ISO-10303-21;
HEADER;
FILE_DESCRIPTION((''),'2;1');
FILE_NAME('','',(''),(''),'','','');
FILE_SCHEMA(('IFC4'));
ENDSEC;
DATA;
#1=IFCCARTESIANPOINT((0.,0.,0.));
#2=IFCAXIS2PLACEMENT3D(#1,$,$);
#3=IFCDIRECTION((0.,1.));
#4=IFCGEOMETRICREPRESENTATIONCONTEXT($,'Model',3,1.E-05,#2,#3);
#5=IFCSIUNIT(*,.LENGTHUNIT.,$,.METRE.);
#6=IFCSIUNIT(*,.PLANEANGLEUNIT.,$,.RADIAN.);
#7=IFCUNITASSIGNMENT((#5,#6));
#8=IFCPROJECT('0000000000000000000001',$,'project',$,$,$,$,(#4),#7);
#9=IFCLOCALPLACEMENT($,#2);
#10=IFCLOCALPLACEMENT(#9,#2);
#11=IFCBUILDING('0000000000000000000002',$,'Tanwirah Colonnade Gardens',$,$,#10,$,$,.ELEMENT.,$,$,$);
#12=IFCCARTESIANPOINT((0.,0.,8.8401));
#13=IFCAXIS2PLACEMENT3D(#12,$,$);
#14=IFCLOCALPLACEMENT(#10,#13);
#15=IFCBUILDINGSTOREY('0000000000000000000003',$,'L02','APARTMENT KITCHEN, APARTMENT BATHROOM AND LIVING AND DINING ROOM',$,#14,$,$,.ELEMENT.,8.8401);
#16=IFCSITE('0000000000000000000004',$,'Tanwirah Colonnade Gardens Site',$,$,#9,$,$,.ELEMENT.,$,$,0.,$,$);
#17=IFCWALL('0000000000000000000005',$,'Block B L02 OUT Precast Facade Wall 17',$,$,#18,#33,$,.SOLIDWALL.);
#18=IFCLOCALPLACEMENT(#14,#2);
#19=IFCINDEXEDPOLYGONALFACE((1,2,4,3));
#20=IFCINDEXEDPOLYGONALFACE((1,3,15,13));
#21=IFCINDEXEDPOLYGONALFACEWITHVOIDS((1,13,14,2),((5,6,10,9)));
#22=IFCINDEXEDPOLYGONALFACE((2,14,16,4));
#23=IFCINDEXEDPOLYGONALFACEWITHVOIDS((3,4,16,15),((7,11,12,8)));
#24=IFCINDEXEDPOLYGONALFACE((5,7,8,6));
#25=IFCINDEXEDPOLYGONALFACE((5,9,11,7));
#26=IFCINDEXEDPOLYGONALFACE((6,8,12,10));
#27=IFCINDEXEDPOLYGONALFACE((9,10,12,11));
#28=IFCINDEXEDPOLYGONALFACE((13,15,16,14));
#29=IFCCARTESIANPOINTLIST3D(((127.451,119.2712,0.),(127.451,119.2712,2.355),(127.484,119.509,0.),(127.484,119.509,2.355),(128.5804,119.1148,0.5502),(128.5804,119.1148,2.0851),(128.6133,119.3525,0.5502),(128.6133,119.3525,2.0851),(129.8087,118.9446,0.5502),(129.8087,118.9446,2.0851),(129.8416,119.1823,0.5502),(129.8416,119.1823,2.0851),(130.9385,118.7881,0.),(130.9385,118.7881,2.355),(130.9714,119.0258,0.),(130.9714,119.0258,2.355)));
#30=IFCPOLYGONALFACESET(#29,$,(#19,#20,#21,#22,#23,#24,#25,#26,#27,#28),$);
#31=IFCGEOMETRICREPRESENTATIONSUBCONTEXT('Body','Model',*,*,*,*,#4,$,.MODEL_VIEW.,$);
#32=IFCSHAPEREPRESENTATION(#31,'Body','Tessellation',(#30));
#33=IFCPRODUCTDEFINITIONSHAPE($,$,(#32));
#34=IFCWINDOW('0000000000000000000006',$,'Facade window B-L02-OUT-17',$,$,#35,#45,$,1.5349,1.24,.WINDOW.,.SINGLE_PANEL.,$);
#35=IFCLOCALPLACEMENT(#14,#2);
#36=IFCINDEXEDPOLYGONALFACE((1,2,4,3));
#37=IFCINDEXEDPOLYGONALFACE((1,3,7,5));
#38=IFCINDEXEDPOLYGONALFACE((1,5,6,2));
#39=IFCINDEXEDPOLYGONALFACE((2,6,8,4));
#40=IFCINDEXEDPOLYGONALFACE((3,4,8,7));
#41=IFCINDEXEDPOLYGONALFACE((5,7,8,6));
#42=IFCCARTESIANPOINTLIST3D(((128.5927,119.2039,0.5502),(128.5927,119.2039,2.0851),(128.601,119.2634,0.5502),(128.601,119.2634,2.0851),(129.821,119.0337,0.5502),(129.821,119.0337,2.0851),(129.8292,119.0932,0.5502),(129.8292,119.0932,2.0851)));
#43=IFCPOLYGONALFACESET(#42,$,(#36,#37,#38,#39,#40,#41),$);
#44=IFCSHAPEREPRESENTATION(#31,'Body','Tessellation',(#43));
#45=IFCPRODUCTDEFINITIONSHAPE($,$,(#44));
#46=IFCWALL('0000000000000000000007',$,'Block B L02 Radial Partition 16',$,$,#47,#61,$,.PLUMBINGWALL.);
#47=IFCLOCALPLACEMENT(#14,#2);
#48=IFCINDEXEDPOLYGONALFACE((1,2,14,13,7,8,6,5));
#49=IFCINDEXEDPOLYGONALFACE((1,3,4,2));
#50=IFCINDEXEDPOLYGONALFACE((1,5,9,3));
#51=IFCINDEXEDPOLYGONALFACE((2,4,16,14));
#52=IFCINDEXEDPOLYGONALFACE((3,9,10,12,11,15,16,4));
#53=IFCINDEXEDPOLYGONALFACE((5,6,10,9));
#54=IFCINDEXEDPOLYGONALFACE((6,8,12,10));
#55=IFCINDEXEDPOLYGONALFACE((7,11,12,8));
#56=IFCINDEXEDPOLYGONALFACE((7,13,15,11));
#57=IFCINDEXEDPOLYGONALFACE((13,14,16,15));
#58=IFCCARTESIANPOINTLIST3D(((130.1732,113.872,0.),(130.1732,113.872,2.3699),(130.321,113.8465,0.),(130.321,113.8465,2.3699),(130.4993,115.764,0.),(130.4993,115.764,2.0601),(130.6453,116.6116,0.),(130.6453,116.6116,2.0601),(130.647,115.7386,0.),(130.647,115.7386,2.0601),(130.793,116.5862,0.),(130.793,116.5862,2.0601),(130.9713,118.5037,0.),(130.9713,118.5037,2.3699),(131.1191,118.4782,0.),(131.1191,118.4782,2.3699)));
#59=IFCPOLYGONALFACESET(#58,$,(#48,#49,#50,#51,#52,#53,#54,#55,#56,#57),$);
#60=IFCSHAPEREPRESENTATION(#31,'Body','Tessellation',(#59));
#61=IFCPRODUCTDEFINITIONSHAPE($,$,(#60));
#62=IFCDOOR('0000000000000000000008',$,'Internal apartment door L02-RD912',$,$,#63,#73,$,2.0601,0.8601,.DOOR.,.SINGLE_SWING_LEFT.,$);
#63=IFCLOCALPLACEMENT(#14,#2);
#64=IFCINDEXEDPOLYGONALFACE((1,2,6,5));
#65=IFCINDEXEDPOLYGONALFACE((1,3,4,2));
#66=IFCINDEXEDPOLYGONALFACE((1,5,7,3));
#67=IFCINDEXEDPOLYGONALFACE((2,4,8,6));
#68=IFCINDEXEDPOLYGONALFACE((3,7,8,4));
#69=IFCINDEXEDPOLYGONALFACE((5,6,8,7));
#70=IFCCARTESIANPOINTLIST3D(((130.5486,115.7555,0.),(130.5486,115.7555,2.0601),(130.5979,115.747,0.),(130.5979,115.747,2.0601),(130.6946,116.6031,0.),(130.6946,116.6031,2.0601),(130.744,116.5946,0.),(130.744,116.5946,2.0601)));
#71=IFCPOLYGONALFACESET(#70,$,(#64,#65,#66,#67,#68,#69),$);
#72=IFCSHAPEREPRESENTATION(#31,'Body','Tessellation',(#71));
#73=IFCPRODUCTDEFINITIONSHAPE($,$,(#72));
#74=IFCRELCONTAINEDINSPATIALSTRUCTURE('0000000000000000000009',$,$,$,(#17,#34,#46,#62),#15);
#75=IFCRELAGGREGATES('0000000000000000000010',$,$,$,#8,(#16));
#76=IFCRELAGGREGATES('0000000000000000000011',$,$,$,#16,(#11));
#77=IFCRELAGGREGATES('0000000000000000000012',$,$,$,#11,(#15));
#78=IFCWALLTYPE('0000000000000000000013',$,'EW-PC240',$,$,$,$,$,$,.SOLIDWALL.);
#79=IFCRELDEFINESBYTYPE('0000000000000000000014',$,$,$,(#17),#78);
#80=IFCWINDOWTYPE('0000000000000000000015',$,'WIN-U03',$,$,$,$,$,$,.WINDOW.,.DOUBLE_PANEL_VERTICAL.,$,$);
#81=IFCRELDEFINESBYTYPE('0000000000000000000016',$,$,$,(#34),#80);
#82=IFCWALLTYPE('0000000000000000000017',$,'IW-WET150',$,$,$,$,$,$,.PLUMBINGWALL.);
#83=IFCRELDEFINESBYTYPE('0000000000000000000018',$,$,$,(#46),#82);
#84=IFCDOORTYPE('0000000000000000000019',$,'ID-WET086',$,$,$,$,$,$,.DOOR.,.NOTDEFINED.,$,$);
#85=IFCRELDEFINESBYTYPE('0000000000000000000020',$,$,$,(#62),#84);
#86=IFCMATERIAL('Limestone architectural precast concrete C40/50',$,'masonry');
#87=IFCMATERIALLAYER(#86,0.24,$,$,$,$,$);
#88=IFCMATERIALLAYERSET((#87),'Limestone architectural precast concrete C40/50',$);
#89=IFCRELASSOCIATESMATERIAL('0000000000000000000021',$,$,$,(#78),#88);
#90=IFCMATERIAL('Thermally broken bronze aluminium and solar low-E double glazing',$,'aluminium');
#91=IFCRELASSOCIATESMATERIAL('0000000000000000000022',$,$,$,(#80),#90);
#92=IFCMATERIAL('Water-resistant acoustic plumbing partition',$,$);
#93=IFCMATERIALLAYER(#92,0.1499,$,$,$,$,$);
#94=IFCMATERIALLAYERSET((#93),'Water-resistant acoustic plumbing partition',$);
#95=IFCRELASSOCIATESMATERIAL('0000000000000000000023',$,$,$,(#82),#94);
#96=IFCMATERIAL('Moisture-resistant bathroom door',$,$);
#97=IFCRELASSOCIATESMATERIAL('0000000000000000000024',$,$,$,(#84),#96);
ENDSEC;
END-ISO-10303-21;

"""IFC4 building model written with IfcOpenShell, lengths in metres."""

from ifc_helpers import new_model, si_unit, direction, frame, frame_2d, origin, place, context, subcontext, project, spatial, rectangle, extrude, material, layer, layer_set, type_object, element, fill, save


model = new_model("IFC4")

# Units and contexts
model_context = context("Model", 3, precision=1e-05, world=origin(), true_north=direction((0.0, 1.0)))
body_context = subcontext(model_context, "Body", "Model", "MODEL_VIEW")
ifc_project = project(units=[si_unit("LENGTHUNIT", "METRE"), si_unit("PLANEANGLEUNIT", "RADIAN")], contexts=[model_context])

# Site, building, storey
site_placement = place(None, origin())
site = spatial("IfcSite", under=ifc_project, at=site_placement, Name="Tanwirah Colonnade Gardens Site", CompositionType="ELEMENT", RefElevation=0.0)
building_placement = place(site_placement, origin())
building = spatial("IfcBuilding", under=site, at=building_placement, Name="Tanwirah Colonnade Gardens", CompositionType="ELEMENT")
storey_placement = place(building_placement, frame((0.0, 0.0, 8.8401)))
storey = spatial("IfcBuildingStorey", under=building, at=storey_placement, Name="L02", Description="APARTMENT KITCHEN, APARTMENT BATHROOM AND LIVING AND DINING ROOM", CompositionType="ELEMENT", Elevation=8.8401)

# Wall, opening, window
ifc_material_1 = material(Name="Limestone architectural precast concrete C40/50", Category="masonry")
ifc_layer_1 = layer(ifc_material_1, 0.24)
ifc_layer_set_1 = layer_set([ifc_layer_1], Name="Limestone architectural precast concrete C40/50")
wall_type_1 = type_object("IfcWallType", Name="EW-PC240", PredefinedType="SOLIDWALL", material=ifc_layer_set_1)
ifc_material_2 = material(Name="Thermally broken bronze aluminium and solar low-E double glazing", Category="aluminium")
wall_1_placement = place(storey_placement, frame((130.9548, 118.907, 0.0), z_axis=(0.0, 0.0, 1.0), x_axis=(-0.99054, 0.137226, 0.0)))
wall_1 = element("IfcWall", 1, at=wall_1_placement, inside=storey, type_object=wall_type_1, Name="Block B L02 OUT Precast Facade Wall 17", PredefinedType="SOLIDWALL", context=body_context, shape_type="SweptSolid", body=[
    extrude(rectangle(XDim=3.5208, YDim=0.24, at=frame_2d((1.7603, 0.0))), origin(), (0.0, 0.0, 1.0), 2.355),
])
opening_1_placement = place(wall_1_placement, frame((1.1404, 0.0, 0.55)))
opening_1 = element("IfcOpeningElement", 2, at=opening_1_placement, cuts=wall_1, PredefinedType="OPENING", context=body_context, shape_type="SweptSolid", body=[
    extrude(rectangle(XDim=1.24, YDim=1.5349, at=frame_2d((0.6201, 0.7676))), frame((0.0, 0.1299, 0.0), z_axis=(0.0, -1.0, 0.0), x_axis=(1.0, 0.0, 0.0)), (0.0, 0.0, 1.0), 0.26),
])
window_type_1 = type_object("IfcWindowType", Name="WIN-U03", PartitioningType="DOUBLE_PANEL_VERTICAL", PredefinedType="WINDOW", material=ifc_material_2)
window_1_placement = place(opening_1_placement, origin())
window_1 = element("IfcWindow", 3, at=window_1_placement, inside=storey, type_object=window_type_1, Name="Facade window B-L02-OUT-17", OverallHeight=1.5349, OverallWidth=1.24, PartitioningType="SINGLE_PANEL", PredefinedType="WINDOW", context=body_context, shape_type="SweptSolid", body=[
    extrude(rectangle(XDim=1.24, YDim=1.5349, at=frame_2d((0.6201, 0.7676))), frame((0.0, 0.03, 0.0), z_axis=(0.0, -1.0, 0.0), x_axis=(1.0, 0.0, 0.0)), (0.0, 0.0, 1.0), 0.0601),
])
fill(opening_1, window_1)

# Wall, opening, door
ifc_material_3 = material(Name="Water-resistant acoustic plumbing partition")
ifc_layer_2 = layer(ifc_material_3, 0.1499)
ifc_layer_set_2 = layer_set([ifc_layer_2], Name="Water-resistant acoustic plumbing partition")
wall_type_2 = type_object("IfcWallType", Name="IW-WET150", PredefinedType="PLUMBINGWALL", material=ifc_layer_set_2)
wall_2_placement = place(storey_placement, frame((130.2471, 113.8591, 0.0), z_axis=(0.0, 0.0, 1.0), x_axis=(0.169813, 0.985476, 0.0)))
wall_2 = element("IfcWall", 4, at=wall_2_placement, inside=storey, type_object=wall_type_2, Name="Block B L02 Radial Partition 16", PredefinedType="PLUMBINGWALL", context=body_context, shape_type="SweptSolid", body=[
    extrude(rectangle(XDim=4.7, YDim=0.1499, at=frame_2d((2.3501, 0.0))), origin(), (0.0, 0.0, 1.0), 2.3699),
])
opening_2_placement = place(wall_2_placement, frame((1.9199, 0.0, 0.0)))
opening_2 = element("IfcOpeningElement", 5, at=opening_2_placement, cuts=wall_2, PredefinedType="OPENING", context=body_context, shape_type="SweptSolid", body=[
    extrude(rectangle(XDim=0.8601, YDim=2.0601, at=frame_2d((0.4302, 1.03))), frame((0.0, 0.085, 0.0), z_axis=(0.0, -1.0, 0.0), x_axis=(1.0, 0.0, 0.0)), (0.0, 0.0, 1.0), 0.1699),
])
ifc_material_4 = material(Name="Moisture-resistant bathroom door")
door_type_1 = type_object("IfcDoorType", Name="ID-WET086", OperationType="NOTDEFINED", PredefinedType="DOOR", material=ifc_material_4)
door_1_placement = place(opening_2_placement, origin())
door_1 = element("IfcDoor", 6, at=door_1_placement, inside=storey, type_object=door_type_1, Name="Internal apartment door L02-RD912", OperationType="SINGLE_SWING_LEFT", OverallHeight=2.0601, OverallWidth=0.8601, PredefinedType="DOOR", context=body_context, shape_type="SweptSolid", body=[
    extrude(rectangle(XDim=0.8601, YDim=2.0601, at=frame_2d((0.4302, 1.03))), frame((0.0, 0.0249, 0.0), z_axis=(0.0, -1.0, 0.0), x_axis=(1.0, 0.0, 0.0)), (0.0, 0.0, 1.0), 0.05),
])
fill(opening_2, door_1)

save(model, "model.ifc")
